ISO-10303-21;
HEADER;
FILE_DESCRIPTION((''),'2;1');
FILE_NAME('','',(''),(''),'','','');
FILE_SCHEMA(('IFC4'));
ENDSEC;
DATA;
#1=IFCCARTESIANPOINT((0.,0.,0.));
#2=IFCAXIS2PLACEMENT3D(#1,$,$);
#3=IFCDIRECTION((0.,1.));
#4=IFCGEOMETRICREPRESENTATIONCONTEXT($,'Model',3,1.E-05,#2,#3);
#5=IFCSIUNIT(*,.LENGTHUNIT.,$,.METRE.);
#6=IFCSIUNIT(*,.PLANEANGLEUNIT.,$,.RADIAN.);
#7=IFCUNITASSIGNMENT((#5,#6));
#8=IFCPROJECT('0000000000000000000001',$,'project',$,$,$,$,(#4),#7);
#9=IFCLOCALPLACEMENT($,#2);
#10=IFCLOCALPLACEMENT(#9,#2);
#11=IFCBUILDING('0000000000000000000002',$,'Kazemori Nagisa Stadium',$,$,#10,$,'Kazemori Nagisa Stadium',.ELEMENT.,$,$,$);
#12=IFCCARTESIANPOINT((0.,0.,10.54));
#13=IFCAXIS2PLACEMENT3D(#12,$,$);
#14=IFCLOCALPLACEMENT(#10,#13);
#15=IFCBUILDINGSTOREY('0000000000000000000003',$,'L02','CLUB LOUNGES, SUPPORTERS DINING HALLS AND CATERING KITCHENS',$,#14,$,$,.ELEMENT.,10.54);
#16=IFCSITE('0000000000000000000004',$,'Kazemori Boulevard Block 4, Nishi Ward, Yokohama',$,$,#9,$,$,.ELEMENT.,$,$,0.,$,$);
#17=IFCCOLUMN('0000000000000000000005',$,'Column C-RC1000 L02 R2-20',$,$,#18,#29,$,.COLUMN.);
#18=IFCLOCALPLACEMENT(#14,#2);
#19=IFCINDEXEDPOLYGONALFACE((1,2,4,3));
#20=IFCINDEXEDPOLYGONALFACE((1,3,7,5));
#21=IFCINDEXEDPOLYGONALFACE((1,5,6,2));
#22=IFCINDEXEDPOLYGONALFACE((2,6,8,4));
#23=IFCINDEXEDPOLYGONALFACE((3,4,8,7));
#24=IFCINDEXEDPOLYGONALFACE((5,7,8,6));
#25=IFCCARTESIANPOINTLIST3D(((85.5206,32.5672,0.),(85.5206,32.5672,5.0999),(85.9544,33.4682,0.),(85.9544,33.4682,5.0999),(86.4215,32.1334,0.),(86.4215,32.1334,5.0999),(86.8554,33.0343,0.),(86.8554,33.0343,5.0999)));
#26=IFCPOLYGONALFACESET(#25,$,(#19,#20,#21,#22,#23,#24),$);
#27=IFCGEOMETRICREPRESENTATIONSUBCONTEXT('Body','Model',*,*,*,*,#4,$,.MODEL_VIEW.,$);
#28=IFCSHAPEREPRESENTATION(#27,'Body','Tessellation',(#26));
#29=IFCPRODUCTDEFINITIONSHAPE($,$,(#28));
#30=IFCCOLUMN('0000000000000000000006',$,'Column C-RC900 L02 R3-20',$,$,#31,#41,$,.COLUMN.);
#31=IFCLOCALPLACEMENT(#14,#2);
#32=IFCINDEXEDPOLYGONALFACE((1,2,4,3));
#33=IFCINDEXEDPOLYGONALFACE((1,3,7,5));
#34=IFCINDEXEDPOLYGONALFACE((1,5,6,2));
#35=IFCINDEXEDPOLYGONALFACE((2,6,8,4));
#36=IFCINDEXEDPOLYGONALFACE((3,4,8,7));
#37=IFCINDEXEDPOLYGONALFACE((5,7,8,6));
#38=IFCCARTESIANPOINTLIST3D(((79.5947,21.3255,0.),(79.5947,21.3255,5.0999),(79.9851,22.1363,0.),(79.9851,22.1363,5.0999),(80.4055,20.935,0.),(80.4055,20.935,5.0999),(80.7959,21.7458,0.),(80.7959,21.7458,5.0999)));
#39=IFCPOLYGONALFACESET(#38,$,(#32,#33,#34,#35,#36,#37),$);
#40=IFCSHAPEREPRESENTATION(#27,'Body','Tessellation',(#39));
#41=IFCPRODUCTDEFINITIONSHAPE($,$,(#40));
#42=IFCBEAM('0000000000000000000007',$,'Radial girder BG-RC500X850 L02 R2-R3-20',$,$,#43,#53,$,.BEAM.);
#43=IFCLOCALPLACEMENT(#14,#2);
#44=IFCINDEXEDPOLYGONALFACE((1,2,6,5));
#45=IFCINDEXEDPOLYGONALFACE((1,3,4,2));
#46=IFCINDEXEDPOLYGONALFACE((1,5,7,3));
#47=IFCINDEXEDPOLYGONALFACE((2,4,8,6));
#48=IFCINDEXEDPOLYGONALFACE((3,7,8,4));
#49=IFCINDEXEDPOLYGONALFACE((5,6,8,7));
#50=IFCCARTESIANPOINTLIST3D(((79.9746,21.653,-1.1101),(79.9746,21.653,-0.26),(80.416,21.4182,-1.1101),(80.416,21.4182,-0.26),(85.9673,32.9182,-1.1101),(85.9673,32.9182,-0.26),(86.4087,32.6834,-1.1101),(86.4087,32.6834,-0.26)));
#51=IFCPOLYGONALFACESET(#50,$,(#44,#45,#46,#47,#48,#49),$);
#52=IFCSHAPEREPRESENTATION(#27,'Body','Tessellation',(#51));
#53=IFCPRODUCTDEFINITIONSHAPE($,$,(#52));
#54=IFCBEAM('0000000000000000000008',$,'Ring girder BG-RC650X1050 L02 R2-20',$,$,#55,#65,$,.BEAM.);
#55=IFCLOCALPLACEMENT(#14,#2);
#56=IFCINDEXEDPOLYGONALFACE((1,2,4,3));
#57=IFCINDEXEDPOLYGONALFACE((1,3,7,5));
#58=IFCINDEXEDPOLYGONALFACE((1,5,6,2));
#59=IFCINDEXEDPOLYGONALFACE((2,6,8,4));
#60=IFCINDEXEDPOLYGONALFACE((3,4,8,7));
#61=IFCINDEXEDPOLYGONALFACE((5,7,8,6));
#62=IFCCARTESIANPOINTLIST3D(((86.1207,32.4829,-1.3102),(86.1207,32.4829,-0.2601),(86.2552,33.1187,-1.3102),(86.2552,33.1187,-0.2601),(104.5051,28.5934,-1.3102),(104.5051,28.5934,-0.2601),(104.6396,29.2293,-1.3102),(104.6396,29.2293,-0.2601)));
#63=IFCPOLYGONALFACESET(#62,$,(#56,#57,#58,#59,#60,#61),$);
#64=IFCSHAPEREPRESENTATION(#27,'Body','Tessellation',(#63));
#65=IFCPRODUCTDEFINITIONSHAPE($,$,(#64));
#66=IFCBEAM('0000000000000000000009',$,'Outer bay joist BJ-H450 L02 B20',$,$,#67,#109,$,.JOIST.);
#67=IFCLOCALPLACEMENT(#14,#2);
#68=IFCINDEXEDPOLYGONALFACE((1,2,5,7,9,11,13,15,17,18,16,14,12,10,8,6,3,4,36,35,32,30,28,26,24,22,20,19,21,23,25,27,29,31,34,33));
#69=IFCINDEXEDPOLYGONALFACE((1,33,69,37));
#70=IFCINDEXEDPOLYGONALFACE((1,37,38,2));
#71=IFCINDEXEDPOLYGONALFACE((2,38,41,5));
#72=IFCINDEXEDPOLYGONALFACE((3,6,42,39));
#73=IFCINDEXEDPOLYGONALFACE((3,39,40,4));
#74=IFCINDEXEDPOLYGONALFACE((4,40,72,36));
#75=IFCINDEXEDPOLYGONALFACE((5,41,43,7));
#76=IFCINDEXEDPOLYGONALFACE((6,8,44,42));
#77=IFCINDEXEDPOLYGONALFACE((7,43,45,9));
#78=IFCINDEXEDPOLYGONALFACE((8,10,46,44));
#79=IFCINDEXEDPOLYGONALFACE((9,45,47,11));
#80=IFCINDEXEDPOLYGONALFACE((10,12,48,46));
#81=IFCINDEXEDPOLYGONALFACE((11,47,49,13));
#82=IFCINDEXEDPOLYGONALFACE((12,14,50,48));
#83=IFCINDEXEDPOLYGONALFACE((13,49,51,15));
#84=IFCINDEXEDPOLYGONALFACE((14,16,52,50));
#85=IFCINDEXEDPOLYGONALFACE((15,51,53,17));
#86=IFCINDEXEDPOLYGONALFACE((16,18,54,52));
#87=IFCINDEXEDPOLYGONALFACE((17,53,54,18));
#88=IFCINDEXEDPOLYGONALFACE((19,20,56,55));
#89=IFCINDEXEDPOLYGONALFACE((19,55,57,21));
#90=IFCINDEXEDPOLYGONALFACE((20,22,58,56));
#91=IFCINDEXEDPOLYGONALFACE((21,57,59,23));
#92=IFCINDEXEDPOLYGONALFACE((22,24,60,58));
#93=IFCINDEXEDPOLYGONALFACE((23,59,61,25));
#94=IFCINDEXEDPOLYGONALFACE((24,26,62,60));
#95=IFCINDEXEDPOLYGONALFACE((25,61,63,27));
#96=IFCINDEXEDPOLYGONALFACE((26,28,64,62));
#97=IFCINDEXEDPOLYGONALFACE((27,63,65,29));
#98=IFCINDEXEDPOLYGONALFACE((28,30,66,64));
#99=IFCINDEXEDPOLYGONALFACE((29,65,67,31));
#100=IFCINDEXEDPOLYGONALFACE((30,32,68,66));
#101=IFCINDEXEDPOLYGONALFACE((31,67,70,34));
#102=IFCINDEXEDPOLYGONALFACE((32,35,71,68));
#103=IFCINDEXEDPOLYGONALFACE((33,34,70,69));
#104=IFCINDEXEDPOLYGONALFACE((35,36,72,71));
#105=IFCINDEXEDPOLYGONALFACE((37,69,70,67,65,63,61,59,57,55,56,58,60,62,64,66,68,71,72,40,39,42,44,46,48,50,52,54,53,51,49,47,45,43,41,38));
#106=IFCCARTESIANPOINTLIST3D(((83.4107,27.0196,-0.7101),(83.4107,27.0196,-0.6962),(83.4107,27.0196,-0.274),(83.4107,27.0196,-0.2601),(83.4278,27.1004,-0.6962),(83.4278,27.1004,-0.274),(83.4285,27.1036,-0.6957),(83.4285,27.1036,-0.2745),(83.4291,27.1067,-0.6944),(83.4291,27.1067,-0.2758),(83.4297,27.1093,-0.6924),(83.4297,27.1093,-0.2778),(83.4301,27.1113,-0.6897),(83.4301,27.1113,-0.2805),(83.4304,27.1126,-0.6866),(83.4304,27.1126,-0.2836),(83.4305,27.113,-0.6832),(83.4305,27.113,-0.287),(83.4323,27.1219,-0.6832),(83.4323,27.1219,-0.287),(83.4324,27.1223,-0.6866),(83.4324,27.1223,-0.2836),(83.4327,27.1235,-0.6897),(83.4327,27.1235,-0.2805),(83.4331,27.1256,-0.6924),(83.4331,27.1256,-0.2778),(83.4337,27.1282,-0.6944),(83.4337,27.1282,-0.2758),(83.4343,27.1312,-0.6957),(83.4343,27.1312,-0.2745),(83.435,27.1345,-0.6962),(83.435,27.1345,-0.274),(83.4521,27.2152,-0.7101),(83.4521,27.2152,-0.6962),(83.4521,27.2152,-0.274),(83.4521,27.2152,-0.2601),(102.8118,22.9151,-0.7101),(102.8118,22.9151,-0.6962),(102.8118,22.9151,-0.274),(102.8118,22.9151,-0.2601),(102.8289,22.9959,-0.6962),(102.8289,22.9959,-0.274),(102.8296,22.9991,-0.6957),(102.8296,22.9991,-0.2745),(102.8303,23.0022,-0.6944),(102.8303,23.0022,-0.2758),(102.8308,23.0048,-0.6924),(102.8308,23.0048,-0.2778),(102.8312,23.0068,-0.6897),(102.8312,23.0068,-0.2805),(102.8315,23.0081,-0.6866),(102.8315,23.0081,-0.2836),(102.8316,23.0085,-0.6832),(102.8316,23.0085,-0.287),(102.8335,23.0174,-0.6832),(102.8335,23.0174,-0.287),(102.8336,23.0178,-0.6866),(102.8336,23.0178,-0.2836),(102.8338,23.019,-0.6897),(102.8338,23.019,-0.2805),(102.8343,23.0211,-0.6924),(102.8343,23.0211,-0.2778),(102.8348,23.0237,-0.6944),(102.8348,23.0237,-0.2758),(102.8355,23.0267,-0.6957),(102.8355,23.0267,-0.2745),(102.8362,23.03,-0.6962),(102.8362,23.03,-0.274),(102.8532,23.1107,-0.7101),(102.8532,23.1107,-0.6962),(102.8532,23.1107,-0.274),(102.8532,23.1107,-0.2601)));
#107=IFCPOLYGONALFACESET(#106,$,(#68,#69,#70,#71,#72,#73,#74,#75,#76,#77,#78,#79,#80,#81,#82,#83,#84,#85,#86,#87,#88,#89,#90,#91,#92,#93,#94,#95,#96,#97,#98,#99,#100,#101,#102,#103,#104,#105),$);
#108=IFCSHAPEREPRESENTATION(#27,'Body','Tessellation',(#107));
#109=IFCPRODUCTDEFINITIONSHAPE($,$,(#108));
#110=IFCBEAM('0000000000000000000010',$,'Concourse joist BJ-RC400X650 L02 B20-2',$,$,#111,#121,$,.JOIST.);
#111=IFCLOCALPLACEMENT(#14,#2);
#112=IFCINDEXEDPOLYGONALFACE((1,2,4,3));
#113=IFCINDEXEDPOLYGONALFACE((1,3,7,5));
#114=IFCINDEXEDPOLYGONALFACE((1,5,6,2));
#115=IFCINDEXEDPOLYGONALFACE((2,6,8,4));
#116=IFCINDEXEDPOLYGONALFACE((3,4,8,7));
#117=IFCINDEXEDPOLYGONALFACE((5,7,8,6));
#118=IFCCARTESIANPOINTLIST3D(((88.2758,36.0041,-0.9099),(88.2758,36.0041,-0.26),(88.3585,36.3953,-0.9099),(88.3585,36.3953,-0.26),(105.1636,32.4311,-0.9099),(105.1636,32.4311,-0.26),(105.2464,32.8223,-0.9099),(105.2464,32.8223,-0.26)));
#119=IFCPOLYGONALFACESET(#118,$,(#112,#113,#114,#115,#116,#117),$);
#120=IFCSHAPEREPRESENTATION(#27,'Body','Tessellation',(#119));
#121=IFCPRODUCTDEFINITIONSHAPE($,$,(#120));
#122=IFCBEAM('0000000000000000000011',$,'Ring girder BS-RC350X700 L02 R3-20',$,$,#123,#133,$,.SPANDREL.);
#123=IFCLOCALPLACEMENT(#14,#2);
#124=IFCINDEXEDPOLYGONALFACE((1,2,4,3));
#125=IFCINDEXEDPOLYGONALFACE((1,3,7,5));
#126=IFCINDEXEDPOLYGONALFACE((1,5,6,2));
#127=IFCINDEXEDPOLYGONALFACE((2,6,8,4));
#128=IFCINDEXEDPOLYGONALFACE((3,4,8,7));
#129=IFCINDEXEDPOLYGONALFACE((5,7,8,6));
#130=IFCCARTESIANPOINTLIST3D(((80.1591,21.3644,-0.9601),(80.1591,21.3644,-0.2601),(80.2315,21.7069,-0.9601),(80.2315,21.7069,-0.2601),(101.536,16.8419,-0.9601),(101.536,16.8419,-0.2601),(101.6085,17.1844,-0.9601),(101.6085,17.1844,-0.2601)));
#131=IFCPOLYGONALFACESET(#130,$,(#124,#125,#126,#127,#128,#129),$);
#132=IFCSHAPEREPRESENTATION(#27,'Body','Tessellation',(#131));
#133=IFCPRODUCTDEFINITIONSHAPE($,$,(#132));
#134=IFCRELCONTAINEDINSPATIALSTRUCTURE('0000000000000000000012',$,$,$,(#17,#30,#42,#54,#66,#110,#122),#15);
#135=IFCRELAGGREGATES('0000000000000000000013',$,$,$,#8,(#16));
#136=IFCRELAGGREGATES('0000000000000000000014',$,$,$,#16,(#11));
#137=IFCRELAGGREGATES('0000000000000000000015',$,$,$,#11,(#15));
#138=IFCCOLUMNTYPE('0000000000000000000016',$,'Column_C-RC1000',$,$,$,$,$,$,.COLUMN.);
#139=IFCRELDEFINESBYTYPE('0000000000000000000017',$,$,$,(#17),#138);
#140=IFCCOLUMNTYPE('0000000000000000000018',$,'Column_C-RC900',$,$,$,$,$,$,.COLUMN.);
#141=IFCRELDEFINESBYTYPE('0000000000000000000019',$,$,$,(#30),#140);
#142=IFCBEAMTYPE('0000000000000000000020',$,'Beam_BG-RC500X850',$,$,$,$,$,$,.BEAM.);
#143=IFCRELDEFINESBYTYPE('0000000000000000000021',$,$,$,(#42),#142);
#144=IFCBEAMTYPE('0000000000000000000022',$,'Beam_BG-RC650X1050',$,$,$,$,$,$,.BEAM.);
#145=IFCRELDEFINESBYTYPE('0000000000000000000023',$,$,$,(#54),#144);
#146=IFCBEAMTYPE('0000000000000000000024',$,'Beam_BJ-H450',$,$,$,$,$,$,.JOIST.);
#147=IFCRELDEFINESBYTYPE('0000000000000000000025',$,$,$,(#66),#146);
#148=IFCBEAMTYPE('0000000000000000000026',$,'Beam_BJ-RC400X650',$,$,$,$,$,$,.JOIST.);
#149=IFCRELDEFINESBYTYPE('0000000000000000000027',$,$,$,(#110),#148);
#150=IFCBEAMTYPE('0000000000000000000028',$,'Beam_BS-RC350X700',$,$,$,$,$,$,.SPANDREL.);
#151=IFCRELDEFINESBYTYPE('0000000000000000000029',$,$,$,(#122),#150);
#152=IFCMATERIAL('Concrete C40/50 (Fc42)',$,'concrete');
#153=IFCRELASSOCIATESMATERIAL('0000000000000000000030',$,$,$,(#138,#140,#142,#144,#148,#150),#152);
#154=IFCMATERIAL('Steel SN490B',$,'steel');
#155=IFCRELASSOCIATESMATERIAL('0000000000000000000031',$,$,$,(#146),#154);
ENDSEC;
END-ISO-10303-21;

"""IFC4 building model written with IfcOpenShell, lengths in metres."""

from ifc_helpers import new_model, si_unit, direction, frame, origin, origin_2d, place, context, subcontext, project, spatial, rectangle, i_section, extrude, material, material_profile, profile_set, type_object, element, save


model = new_model("IFC4")

# Units and contexts
model_context = context("Model", 3, precision=1e-05, world=origin(), true_north=direction((0.0, 1.0)))
body_context = subcontext(model_context, "Body", "Model", "MODEL_VIEW")
ifc_project = project(units=[si_unit("LENGTHUNIT", "METRE"), si_unit("PLANEANGLEUNIT", "RADIAN")], contexts=[model_context])

# Site, building, storey
site_placement = place(None, origin())
site = spatial("IfcSite", under=ifc_project, at=site_placement, Name="Kazemori Boulevard Block 4, Nishi Ward, Yokohama", CompositionType="ELEMENT", RefElevation=0.0)
building_placement = place(site_placement, origin())
building = spatial("IfcBuilding", under=site, at=building_placement, Name="Kazemori Nagisa Stadium", LongName="Kazemori Nagisa Stadium", CompositionType="ELEMENT")
storey_placement = place(building_placement, frame((0.0, 0.0, 10.54)))
storey = spatial("IfcBuildingStorey", under=building, at=storey_placement, Name="L02", Description="CLUB LOUNGES, SUPPORTERS DINING HALLS AND CATERING KITCHENS", CompositionType="ELEMENT", Elevation=10.54)

# Columns
ifc_material_1 = material(Name="Concrete C40/50 (Fc42)", Category="concrete")
ifc_material_profile_1 = material_profile(ifc_material_1, rectangle(XDim=1.0, YDim=1.0, at=origin_2d()), Name="RC-COL-1000x1000")
ifc_profile_set_1 = profile_set([ifc_material_profile_1], Name="Concrete C40/50 (Fc42)")
column_type_1 = type_object("IfcColumnType", Name="Column_C-RC1000", PredefinedType="COLUMN", material=ifc_profile_set_1)
column_1_placement = place(storey_placement, frame((86.188, 32.8008, 0.0), z_axis=(0.0, 0.0, 1.0), x_axis=(-0.433884, -0.900969, 0.0)))
element("IfcColumn", 1, at=column_1_placement, inside=storey, type_object=column_type_1, Name="Column C-RC1000 L02 R2-20", PredefinedType="COLUMN", context=body_context, shape_type="SweptSolid", body=[
    extrude(rectangle(XDim=1.0, YDim=1.0, at=origin_2d()), origin(), (0.0, 0.0, 1.0), 5.0999),
])
ifc_material_profile_2 = material_profile(ifc_material_1, rectangle(XDim=0.8999, YDim=0.8999, at=origin_2d()), Name="RC-COL-900x900")
ifc_profile_set_2 = profile_set([ifc_material_profile_2], Name="Concrete C40/50 (Fc42)")
column_type_2 = type_object("IfcColumnType", Name="Column_C-RC900", PredefinedType="COLUMN", material=ifc_profile_set_2)
column_2_placement = place(storey_placement, frame((80.1953, 21.5356, 0.0), z_axis=(0.0, 0.0, 1.0), x_axis=(-0.433884, -0.900969, 0.0)))
element("IfcColumn", 2, at=column_2_placement, inside=storey, type_object=column_type_2, Name="Column C-RC900 L02 R3-20", PredefinedType="COLUMN", context=body_context, shape_type="SweptSolid", body=[
    extrude(rectangle(XDim=0.8999, YDim=0.8999, at=origin_2d()), origin(), (0.0, 0.0, 1.0), 5.0999),
])

# Beams
ifc_material_profile_3 = material_profile(ifc_material_1, rectangle(XDim=0.5, YDim=0.8501, at=origin_2d()), Name="RC-BM-500x850")
ifc_profile_set_3 = profile_set([ifc_material_profile_3], Name="Concrete C40/50 (Fc42)")
beam_type_1 = type_object("IfcBeamType", Name="Beam_BG-RC500X850", PredefinedType="BEAM", material=ifc_profile_set_3)
beam_1_placement = place(storey_placement, frame((86.188, 32.8008, -0.6851), z_axis=(-0.469649, -0.882853, 0.0), x_axis=(0.882853, -0.469649, 0.0)))
element("IfcBeam", 3, at=beam_1_placement, inside=storey, type_object=beam_type_1, Name="Radial girder BG-RC500X850 L02 R2-R3-20", PredefinedType="BEAM", context=body_context, shape_type="SweptSolid", body=[
    extrude(rectangle(XDim=0.5, YDim=0.8501, at=origin_2d()), origin(), (0.0, 0.0, 1.0), 12.76),
])
ifc_material_profile_4 = material_profile(ifc_material_1, rectangle(XDim=0.6499, YDim=1.05, at=origin_2d()), Name="RC-BM-650x1050")
ifc_profile_set_4 = profile_set([ifc_material_profile_4], Name="Concrete C40/50 (Fc42)")
beam_type_2 = type_object("IfcBeamType", Name="Beam_BG-RC650X1050", PredefinedType="BEAM", material=ifc_profile_set_4)
beam_2_placement = place(storey_placement, frame((86.188, 32.8008, -0.7852), z_axis=(0.978345, -0.20698, 0.0), x_axis=(0.20698, 0.978345, 0.0)))
element("IfcBeam", 4, at=beam_2_placement, inside=storey, type_object=beam_type_2, Name="Ring girder BG-RC650X1050 L02 R2-20", PredefinedType="BEAM", context=body_context, shape_type="SweptSolid", body=[
    extrude(rectangle(XDim=0.6499, YDim=1.05, at=origin_2d()), origin(), (0.0, 0.0, 1.0), 18.7913),
])
ifc_material_2 = material(Name="Steel SN490B", Category="steel")
ifc_material_profile_5 = material_profile(ifc_material_2, i_section(OverallWidth=0.2, OverallDepth=0.45, WebThickness=0.009, FlangeThickness=0.0139, FilletRadius=0.0129, at=origin_2d()), Name="H-450x200x9x14")
ifc_profile_set_5 = profile_set([ifc_material_profile_5], Name="Steel SN490B")
beam_type_3 = type_object("IfcBeamType", Name="Beam_BJ-H450", PredefinedType="JOIST", material=ifc_profile_set_5)
beam_3_placement = place(storey_placement, frame((83.4314, 27.1174, -0.4851), z_axis=(0.978346, -0.206978, 0.0), x_axis=(0.206978, 0.978346, 0.0)))
element("IfcBeam", 5, at=beam_3_placement, inside=storey, type_object=beam_type_3, Name="Outer bay joist BJ-H450 L02 B20", PredefinedType="JOIST", context=body_context, shape_type="SweptSolid", body=[
    extrude(i_section(OverallWidth=0.2, OverallDepth=0.45, WebThickness=0.009, FlangeThickness=0.0139, FilletRadius=0.0129, at=origin_2d()), origin(), (0.0, 0.0, 1.0), 19.8306),
])
ifc_material_profile_6 = material_profile(ifc_material_1, rectangle(XDim=0.3999, YDim=0.6499, at=origin_2d()), Name="RC-BM-400x650")
ifc_profile_set_6 = profile_set([ifc_material_profile_6], Name="Concrete C40/50 (Fc42)")
beam_type_4 = type_object("IfcBeamType", Name="Beam_BJ-RC400X650", PredefinedType="JOIST", material=ifc_profile_set_6)
beam_4_placement = place(storey_placement, frame((88.3171, 36.1997, -0.585), z_axis=(0.978343, -0.206989, 0.0), x_axis=(0.206989, 0.978343, 0.0)))
element("IfcBeam", 6, at=beam_4_placement, inside=storey, type_object=beam_type_4, Name="Concourse joist BJ-RC400X650 L02 B20-2", PredefinedType="JOIST", context=body_context, shape_type="SweptSolid", body=[
    extrude(rectangle(XDim=0.3999, YDim=0.6499, at=origin_2d()), origin(), (0.0, 0.0, 1.0), 17.2617),
])
ifc_material_profile_7 = material_profile(ifc_material_1, rectangle(XDim=0.3501, YDim=0.7, at=origin_2d()), Name="RC-SP-350x700")
ifc_profile_set_7 = profile_set([ifc_material_profile_7], Name="Concrete C40/50 (Fc42)")
beam_type_5 = type_object("IfcBeamType", Name="Beam_BS-RC350X700", PredefinedType="SPANDREL", material=ifc_profile_set_7)
beam_5_placement = place(storey_placement, frame((80.1953, 21.5356, -0.6101), z_axis=(0.978346, -0.206977, 0.0), x_axis=(0.206977, 0.978346, 0.0)))
element("IfcBeam", 7, at=beam_5_placement, inside=storey, type_object=beam_type_5, Name="Ring girder BS-RC350X700 L02 R3-20", PredefinedType="SPANDREL", context=body_context, shape_type="SweptSolid", body=[
    extrude(rectangle(XDim=0.3501, YDim=0.7, at=origin_2d()), origin(), (0.0, 0.0, 1.0), 21.8501),
])

save(model, "model.ifc")
